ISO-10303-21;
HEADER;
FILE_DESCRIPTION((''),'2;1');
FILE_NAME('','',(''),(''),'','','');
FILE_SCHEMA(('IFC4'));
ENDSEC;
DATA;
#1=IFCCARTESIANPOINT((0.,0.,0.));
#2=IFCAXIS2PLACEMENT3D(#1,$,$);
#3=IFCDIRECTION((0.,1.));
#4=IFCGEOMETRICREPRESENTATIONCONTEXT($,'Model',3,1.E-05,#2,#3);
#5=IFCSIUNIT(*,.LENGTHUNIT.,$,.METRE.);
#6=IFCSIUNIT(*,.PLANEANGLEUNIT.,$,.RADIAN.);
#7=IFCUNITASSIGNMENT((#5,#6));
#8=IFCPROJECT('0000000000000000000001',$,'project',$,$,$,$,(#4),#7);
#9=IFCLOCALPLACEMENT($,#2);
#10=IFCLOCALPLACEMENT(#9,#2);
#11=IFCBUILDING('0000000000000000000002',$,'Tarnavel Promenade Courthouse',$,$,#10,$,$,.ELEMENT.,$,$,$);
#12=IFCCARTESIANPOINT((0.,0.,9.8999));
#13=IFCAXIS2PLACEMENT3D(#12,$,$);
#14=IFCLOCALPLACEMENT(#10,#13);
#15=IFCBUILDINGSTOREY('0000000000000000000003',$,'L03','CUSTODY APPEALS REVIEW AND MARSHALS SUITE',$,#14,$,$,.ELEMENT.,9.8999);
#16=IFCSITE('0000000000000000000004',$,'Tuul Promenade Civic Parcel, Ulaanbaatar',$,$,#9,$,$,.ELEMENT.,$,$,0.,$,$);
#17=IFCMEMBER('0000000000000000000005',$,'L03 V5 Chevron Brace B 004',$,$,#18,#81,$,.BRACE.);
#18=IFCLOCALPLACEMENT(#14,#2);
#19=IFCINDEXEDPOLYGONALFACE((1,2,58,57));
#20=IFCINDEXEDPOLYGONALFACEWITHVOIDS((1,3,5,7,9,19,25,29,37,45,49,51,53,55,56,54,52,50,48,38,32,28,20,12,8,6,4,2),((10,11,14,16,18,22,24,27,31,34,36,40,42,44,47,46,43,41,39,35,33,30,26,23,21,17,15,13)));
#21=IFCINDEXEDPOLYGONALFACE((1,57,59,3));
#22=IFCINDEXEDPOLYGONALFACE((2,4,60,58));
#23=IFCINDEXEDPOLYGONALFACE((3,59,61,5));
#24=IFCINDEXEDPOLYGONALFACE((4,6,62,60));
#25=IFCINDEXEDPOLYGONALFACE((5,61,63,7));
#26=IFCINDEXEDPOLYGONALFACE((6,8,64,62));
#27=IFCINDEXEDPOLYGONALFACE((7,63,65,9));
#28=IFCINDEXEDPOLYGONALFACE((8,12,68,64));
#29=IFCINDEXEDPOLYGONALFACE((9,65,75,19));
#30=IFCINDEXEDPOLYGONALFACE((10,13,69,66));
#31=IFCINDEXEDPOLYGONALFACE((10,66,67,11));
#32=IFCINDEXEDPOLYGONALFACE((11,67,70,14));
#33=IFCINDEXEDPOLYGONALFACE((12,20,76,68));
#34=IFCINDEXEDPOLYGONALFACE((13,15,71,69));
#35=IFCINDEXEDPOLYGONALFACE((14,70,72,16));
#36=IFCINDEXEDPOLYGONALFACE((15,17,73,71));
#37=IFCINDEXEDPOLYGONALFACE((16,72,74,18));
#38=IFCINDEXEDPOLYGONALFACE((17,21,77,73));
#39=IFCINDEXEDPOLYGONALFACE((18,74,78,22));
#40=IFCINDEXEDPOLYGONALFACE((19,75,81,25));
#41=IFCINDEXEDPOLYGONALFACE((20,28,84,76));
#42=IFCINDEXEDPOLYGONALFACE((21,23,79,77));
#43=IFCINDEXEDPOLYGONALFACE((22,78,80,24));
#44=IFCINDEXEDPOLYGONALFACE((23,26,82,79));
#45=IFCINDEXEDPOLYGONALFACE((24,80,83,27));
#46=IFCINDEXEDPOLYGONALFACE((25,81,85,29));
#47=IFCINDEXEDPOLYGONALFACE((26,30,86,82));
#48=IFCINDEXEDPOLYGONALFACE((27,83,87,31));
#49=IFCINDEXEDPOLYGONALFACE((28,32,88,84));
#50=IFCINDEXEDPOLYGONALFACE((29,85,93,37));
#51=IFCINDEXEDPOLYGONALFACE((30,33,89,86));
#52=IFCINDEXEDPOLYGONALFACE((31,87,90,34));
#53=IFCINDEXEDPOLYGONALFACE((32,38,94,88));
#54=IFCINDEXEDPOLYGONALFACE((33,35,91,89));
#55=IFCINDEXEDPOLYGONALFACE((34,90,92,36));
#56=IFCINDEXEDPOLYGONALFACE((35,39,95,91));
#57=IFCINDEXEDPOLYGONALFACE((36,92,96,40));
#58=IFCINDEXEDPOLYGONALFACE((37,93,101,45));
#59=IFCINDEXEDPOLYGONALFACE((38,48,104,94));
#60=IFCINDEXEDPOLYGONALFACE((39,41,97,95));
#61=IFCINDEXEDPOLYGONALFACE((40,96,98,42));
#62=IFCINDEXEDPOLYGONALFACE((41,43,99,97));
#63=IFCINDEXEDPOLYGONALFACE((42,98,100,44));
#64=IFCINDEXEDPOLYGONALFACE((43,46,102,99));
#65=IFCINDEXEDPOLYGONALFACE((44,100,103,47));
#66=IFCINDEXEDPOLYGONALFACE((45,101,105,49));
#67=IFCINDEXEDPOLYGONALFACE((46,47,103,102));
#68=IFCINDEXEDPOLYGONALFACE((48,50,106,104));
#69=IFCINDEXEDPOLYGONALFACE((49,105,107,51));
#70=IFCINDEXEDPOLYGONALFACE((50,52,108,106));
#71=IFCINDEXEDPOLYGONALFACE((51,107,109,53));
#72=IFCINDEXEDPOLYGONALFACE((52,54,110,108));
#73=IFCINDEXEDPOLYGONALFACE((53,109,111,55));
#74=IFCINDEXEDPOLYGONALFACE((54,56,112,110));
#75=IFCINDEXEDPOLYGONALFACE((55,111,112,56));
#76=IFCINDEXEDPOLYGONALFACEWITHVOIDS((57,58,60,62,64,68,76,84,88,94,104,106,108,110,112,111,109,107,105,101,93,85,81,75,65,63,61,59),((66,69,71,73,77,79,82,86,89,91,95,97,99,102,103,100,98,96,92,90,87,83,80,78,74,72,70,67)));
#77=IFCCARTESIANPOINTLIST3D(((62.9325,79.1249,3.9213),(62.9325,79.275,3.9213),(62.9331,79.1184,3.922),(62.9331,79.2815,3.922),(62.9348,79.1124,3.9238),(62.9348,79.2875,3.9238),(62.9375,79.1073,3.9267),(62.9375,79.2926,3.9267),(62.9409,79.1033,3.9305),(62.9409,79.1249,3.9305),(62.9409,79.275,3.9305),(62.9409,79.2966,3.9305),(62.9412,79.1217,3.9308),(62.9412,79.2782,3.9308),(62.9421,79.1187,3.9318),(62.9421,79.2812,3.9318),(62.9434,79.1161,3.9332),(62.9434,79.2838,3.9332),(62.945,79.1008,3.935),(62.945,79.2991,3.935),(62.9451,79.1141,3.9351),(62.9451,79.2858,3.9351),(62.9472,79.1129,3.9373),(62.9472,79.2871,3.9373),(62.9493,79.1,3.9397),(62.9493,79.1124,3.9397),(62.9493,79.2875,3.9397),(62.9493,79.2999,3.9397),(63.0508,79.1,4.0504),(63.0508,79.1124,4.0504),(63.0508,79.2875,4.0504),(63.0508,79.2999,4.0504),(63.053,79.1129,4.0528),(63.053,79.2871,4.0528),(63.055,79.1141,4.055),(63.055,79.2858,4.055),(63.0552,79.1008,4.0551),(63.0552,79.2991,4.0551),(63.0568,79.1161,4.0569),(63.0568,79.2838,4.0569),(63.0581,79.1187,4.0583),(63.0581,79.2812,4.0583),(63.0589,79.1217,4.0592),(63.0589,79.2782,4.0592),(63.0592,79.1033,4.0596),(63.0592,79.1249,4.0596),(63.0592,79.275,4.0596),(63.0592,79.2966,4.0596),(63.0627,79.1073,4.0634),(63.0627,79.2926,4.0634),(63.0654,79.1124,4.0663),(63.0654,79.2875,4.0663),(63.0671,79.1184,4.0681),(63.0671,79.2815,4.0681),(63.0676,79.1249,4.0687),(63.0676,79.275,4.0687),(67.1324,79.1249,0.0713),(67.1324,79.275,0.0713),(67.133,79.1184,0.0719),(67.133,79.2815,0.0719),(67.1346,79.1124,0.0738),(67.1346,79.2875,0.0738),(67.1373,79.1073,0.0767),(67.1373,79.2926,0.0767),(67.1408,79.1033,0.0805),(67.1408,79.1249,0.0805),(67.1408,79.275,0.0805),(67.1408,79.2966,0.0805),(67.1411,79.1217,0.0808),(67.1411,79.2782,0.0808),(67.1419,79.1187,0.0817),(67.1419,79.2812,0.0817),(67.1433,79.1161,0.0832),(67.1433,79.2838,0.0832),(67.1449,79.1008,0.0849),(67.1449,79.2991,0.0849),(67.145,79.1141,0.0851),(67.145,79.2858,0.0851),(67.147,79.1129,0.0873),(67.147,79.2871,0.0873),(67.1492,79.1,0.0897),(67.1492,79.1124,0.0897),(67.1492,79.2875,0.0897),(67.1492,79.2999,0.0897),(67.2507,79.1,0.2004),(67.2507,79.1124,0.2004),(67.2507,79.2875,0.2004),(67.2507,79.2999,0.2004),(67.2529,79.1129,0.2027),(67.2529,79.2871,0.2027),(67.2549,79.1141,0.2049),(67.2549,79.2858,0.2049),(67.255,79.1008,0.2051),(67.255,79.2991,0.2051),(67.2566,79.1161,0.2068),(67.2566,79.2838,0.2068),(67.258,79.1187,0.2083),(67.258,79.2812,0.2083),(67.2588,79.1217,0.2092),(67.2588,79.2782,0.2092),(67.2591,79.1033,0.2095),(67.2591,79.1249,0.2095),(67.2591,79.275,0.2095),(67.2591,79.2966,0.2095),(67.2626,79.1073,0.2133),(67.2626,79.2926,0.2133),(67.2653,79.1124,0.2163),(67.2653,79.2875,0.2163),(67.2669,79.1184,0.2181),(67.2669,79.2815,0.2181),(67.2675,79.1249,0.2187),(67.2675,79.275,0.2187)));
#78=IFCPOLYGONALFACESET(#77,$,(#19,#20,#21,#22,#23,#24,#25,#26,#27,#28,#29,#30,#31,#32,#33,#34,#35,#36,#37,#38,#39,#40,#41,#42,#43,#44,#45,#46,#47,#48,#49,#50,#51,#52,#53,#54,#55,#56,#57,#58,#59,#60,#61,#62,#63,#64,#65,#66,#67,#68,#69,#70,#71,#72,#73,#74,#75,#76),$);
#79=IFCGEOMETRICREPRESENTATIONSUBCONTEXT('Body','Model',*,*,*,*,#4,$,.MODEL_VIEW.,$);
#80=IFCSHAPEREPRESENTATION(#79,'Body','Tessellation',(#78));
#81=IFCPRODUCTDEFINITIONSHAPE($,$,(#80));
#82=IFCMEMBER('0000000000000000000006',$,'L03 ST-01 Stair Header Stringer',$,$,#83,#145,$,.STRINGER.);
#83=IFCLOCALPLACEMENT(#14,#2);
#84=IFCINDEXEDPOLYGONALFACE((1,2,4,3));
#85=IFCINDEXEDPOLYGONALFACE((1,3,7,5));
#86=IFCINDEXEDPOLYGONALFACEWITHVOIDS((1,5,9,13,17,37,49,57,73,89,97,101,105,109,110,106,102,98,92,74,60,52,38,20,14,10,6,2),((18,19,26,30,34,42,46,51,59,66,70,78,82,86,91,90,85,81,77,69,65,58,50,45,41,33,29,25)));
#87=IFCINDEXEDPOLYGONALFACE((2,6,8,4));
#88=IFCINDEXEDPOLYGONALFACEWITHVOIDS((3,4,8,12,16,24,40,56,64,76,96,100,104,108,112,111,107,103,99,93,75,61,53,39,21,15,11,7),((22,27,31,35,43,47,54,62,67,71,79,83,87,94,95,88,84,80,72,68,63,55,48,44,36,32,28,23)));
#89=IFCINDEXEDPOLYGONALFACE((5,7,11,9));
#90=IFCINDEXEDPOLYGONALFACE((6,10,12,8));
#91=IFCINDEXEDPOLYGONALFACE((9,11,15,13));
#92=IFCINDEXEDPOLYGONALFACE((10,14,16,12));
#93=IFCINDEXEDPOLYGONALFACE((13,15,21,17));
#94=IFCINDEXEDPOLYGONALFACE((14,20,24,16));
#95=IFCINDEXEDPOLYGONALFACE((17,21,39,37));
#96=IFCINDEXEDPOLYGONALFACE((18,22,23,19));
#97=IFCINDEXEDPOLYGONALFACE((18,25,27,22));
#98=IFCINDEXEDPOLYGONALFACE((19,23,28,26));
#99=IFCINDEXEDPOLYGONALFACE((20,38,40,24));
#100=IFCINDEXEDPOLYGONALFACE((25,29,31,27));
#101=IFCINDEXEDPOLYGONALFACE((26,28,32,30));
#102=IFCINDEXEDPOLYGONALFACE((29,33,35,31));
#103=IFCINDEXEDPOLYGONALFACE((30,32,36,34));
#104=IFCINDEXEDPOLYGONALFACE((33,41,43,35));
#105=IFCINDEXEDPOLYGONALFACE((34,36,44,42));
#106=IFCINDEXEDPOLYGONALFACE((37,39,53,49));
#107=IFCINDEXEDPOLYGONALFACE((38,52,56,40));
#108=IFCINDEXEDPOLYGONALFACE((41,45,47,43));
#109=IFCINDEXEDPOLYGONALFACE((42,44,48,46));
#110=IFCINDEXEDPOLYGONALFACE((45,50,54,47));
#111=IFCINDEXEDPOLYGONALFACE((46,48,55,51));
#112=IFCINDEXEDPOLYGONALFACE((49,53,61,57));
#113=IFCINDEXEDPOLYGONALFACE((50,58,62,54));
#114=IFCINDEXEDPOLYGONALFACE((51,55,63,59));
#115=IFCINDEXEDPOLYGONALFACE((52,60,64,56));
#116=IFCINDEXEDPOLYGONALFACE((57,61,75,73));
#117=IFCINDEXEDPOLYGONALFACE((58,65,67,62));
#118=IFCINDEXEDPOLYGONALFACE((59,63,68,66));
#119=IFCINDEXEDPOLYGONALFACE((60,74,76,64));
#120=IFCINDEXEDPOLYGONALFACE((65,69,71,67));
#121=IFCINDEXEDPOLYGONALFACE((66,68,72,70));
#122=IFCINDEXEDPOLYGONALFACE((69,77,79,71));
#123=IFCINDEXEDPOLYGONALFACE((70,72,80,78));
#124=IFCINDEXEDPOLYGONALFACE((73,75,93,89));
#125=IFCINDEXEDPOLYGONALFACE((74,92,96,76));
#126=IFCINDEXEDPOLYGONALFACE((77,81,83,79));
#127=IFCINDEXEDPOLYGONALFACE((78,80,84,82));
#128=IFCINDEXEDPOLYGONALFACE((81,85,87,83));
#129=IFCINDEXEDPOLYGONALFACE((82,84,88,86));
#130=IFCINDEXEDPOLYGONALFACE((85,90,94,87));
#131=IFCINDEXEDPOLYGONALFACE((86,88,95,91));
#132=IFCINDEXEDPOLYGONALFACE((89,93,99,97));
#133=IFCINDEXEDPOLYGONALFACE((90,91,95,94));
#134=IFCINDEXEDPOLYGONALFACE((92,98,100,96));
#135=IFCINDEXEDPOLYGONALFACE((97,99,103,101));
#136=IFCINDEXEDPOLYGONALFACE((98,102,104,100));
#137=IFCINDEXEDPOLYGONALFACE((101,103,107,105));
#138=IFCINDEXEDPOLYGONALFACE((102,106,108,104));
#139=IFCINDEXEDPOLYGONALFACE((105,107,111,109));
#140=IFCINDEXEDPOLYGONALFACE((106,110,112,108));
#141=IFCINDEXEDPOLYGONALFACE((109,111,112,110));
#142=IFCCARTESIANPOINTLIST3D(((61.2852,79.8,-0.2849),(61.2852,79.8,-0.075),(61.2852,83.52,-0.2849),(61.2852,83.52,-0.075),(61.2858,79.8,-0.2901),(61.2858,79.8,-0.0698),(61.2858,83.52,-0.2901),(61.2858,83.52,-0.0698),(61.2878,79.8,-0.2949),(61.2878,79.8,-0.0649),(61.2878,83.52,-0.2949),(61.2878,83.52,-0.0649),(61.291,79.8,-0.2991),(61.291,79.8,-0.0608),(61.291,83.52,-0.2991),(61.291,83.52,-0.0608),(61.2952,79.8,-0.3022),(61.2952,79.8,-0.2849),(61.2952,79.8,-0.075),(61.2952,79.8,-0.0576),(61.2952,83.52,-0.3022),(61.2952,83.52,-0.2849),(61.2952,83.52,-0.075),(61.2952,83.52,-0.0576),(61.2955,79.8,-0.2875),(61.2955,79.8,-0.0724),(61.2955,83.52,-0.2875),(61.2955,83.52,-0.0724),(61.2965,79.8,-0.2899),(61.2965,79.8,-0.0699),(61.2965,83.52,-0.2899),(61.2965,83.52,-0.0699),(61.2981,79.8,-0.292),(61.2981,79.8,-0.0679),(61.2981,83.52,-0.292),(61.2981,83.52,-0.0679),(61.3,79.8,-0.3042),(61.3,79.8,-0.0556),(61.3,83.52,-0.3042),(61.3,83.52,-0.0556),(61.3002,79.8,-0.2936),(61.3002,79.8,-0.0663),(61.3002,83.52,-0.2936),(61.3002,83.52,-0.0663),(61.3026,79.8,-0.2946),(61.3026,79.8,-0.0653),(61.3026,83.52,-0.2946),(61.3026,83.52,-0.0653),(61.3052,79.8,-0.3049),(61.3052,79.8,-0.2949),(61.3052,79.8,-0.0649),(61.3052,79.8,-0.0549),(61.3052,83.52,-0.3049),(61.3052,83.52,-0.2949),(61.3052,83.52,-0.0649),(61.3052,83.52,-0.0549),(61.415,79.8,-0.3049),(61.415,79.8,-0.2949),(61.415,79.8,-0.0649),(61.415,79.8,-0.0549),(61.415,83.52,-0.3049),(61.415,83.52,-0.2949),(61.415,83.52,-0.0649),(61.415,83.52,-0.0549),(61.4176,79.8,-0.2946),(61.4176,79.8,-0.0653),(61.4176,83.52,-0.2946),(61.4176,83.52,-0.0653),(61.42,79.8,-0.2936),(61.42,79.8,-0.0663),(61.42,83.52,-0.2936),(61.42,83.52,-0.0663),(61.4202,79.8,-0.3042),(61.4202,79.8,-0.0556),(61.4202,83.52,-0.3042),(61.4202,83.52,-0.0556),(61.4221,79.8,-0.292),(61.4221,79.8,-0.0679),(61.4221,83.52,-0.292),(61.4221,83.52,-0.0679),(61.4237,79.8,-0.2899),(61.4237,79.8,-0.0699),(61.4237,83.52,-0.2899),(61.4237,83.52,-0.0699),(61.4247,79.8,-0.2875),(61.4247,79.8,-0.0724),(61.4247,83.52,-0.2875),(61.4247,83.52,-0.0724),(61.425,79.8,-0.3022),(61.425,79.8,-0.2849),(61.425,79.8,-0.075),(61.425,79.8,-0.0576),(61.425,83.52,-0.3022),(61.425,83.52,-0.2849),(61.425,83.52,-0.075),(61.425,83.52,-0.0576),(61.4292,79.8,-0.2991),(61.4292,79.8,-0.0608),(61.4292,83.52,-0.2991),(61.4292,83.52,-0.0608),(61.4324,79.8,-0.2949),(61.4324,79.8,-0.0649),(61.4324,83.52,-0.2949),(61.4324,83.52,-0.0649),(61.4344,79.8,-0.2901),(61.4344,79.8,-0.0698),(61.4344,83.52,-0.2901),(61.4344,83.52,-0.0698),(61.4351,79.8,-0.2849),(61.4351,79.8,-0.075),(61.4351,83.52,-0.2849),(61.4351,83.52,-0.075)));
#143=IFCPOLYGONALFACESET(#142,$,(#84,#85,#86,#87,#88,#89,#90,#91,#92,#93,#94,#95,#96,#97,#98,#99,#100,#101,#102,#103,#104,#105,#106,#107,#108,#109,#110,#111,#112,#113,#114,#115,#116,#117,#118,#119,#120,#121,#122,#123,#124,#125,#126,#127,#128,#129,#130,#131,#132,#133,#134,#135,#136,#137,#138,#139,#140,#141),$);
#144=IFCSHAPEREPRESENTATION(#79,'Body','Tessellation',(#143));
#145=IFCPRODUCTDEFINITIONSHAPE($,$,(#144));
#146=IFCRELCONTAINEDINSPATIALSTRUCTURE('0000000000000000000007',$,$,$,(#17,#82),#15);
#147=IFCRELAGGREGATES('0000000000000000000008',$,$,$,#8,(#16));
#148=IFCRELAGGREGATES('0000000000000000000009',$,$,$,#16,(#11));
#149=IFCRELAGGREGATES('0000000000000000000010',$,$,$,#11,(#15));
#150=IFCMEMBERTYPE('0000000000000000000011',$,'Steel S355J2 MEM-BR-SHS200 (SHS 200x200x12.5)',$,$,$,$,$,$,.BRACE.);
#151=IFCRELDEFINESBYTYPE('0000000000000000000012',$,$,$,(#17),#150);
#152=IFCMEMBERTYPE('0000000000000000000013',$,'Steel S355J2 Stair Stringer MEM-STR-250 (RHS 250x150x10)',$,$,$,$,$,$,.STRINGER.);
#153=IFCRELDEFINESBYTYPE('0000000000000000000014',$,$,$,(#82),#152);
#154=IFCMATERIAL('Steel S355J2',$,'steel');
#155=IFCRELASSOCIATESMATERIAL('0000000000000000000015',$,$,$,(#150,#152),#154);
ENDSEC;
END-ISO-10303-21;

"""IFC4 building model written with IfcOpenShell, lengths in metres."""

from ifc_helpers import new_model, si_unit, direction, frame, origin, origin_2d, place, context, subcontext, project, spatial, hollow_rectangle, extrude, material, material_profile, profile_set, type_object, element, save


model = new_model("IFC4")

# Units and contexts
model_context = context("Model", 3, precision=1e-05, world=origin(), true_north=direction((0.0, 1.0)))
body_context = subcontext(model_context, "Body", "Model", "MODEL_VIEW")
ifc_project = project(units=[si_unit("LENGTHUNIT", "METRE"), si_unit("PLANEANGLEUNIT", "RADIAN")], contexts=[model_context])

# Site, building, storey
site_placement = place(None, origin())
site = spatial("IfcSite", under=ifc_project, at=site_placement, Name="Tuul Promenade Civic Parcel, Ulaanbaatar", CompositionType="ELEMENT", RefElevation=0.0)
building_placement = place(site_placement, origin())
building = spatial("IfcBuilding", under=site, at=building_placement, Name="Tarnavel Promenade Courthouse", CompositionType="ELEMENT")
storey_placement = place(building_placement, frame((0.0, 0.0, 9.8999)))
storey = spatial("IfcBuildingStorey", under=building, at=storey_placement, Name="L03", Description="CUSTODY APPEALS REVIEW AND MARSHALS SUITE", CompositionType="ELEMENT", Elevation=9.8999)

# Members
ifc_material_1 = material(Name="Steel S355J2", Category="steel")
ifc_material_profile_1 = material_profile(ifc_material_1, hollow_rectangle(XDim=0.2, YDim=0.2, WallThickness=0.0125, InnerFilletRadius=0.0125, OuterFilletRadius=0.0249, at=origin_2d()), Name="SHS 200x200x12.5")
ifc_profile_set_1 = profile_set([ifc_material_profile_1], Name="Steel S355J2")
member_type_1 = type_object("IfcMemberType", Name="Steel S355J2 MEM-BR-SHS200 (SHS 200x200x12.5)", PredefinedType="BRACE", material=ifc_profile_set_1)
for number, where, z_axis, x_axis, name in (
    (1, (67.2, 79.2, 0.145), (-0.737142, 0.0, 0.675738), (0.0, -1.0, 0.0), "L03 V5 Chevron Brace B 004"),
):
    element("IfcMember", number, at=place(storey_placement, frame(where, z_axis=z_axis, x_axis=x_axis)), inside=storey, type_object=member_type_1, Name=name, PredefinedType="BRACE", context=body_context, shape_type="SweptSolid", body=[
        extrude(hollow_rectangle(XDim=0.2, YDim=0.2, WallThickness=0.0125, InnerFilletRadius=0.0125, OuterFilletRadius=0.0249, at=origin_2d()), origin(), (0.0, 0.0, 1.0), 5.6975),
    ])
ifc_material_profile_2 = material_profile(ifc_material_1, hollow_rectangle(XDim=0.1499, YDim=0.25, WallThickness=0.01, InnerFilletRadius=0.01, OuterFilletRadius=0.02, at=origin_2d()), Name="RHS 250x150x10")
ifc_profile_set_2 = profile_set([ifc_material_profile_2], Name="Steel S355J2")
member_type_2 = type_object("IfcMemberType", Name="Steel S355J2 Stair Stringer MEM-STR-250 (RHS 250x150x10)", PredefinedType="STRINGER", material=ifc_profile_set_2)
member_1_placement = place(storey_placement, frame((61.3601, 79.8, -0.1799), z_axis=(0.0, 1.0, 0.0), x_axis=(-1.0, 0.0, 0.0)))
element("IfcMember", 2, at=member_1_placement, inside=storey, type_object=member_type_2, Name="L03 ST-01 Stair Header Stringer", PredefinedType="STRINGER", context=body_context, shape_type="SweptSolid", body=[
    extrude(hollow_rectangle(XDim=0.1499, YDim=0.25, WallThickness=0.01, InnerFilletRadius=0.01, OuterFilletRadius=0.02, at=origin_2d()), origin(), (0.0, 0.0, 1.0), 3.72),
])

save(model, "model.ifc")
